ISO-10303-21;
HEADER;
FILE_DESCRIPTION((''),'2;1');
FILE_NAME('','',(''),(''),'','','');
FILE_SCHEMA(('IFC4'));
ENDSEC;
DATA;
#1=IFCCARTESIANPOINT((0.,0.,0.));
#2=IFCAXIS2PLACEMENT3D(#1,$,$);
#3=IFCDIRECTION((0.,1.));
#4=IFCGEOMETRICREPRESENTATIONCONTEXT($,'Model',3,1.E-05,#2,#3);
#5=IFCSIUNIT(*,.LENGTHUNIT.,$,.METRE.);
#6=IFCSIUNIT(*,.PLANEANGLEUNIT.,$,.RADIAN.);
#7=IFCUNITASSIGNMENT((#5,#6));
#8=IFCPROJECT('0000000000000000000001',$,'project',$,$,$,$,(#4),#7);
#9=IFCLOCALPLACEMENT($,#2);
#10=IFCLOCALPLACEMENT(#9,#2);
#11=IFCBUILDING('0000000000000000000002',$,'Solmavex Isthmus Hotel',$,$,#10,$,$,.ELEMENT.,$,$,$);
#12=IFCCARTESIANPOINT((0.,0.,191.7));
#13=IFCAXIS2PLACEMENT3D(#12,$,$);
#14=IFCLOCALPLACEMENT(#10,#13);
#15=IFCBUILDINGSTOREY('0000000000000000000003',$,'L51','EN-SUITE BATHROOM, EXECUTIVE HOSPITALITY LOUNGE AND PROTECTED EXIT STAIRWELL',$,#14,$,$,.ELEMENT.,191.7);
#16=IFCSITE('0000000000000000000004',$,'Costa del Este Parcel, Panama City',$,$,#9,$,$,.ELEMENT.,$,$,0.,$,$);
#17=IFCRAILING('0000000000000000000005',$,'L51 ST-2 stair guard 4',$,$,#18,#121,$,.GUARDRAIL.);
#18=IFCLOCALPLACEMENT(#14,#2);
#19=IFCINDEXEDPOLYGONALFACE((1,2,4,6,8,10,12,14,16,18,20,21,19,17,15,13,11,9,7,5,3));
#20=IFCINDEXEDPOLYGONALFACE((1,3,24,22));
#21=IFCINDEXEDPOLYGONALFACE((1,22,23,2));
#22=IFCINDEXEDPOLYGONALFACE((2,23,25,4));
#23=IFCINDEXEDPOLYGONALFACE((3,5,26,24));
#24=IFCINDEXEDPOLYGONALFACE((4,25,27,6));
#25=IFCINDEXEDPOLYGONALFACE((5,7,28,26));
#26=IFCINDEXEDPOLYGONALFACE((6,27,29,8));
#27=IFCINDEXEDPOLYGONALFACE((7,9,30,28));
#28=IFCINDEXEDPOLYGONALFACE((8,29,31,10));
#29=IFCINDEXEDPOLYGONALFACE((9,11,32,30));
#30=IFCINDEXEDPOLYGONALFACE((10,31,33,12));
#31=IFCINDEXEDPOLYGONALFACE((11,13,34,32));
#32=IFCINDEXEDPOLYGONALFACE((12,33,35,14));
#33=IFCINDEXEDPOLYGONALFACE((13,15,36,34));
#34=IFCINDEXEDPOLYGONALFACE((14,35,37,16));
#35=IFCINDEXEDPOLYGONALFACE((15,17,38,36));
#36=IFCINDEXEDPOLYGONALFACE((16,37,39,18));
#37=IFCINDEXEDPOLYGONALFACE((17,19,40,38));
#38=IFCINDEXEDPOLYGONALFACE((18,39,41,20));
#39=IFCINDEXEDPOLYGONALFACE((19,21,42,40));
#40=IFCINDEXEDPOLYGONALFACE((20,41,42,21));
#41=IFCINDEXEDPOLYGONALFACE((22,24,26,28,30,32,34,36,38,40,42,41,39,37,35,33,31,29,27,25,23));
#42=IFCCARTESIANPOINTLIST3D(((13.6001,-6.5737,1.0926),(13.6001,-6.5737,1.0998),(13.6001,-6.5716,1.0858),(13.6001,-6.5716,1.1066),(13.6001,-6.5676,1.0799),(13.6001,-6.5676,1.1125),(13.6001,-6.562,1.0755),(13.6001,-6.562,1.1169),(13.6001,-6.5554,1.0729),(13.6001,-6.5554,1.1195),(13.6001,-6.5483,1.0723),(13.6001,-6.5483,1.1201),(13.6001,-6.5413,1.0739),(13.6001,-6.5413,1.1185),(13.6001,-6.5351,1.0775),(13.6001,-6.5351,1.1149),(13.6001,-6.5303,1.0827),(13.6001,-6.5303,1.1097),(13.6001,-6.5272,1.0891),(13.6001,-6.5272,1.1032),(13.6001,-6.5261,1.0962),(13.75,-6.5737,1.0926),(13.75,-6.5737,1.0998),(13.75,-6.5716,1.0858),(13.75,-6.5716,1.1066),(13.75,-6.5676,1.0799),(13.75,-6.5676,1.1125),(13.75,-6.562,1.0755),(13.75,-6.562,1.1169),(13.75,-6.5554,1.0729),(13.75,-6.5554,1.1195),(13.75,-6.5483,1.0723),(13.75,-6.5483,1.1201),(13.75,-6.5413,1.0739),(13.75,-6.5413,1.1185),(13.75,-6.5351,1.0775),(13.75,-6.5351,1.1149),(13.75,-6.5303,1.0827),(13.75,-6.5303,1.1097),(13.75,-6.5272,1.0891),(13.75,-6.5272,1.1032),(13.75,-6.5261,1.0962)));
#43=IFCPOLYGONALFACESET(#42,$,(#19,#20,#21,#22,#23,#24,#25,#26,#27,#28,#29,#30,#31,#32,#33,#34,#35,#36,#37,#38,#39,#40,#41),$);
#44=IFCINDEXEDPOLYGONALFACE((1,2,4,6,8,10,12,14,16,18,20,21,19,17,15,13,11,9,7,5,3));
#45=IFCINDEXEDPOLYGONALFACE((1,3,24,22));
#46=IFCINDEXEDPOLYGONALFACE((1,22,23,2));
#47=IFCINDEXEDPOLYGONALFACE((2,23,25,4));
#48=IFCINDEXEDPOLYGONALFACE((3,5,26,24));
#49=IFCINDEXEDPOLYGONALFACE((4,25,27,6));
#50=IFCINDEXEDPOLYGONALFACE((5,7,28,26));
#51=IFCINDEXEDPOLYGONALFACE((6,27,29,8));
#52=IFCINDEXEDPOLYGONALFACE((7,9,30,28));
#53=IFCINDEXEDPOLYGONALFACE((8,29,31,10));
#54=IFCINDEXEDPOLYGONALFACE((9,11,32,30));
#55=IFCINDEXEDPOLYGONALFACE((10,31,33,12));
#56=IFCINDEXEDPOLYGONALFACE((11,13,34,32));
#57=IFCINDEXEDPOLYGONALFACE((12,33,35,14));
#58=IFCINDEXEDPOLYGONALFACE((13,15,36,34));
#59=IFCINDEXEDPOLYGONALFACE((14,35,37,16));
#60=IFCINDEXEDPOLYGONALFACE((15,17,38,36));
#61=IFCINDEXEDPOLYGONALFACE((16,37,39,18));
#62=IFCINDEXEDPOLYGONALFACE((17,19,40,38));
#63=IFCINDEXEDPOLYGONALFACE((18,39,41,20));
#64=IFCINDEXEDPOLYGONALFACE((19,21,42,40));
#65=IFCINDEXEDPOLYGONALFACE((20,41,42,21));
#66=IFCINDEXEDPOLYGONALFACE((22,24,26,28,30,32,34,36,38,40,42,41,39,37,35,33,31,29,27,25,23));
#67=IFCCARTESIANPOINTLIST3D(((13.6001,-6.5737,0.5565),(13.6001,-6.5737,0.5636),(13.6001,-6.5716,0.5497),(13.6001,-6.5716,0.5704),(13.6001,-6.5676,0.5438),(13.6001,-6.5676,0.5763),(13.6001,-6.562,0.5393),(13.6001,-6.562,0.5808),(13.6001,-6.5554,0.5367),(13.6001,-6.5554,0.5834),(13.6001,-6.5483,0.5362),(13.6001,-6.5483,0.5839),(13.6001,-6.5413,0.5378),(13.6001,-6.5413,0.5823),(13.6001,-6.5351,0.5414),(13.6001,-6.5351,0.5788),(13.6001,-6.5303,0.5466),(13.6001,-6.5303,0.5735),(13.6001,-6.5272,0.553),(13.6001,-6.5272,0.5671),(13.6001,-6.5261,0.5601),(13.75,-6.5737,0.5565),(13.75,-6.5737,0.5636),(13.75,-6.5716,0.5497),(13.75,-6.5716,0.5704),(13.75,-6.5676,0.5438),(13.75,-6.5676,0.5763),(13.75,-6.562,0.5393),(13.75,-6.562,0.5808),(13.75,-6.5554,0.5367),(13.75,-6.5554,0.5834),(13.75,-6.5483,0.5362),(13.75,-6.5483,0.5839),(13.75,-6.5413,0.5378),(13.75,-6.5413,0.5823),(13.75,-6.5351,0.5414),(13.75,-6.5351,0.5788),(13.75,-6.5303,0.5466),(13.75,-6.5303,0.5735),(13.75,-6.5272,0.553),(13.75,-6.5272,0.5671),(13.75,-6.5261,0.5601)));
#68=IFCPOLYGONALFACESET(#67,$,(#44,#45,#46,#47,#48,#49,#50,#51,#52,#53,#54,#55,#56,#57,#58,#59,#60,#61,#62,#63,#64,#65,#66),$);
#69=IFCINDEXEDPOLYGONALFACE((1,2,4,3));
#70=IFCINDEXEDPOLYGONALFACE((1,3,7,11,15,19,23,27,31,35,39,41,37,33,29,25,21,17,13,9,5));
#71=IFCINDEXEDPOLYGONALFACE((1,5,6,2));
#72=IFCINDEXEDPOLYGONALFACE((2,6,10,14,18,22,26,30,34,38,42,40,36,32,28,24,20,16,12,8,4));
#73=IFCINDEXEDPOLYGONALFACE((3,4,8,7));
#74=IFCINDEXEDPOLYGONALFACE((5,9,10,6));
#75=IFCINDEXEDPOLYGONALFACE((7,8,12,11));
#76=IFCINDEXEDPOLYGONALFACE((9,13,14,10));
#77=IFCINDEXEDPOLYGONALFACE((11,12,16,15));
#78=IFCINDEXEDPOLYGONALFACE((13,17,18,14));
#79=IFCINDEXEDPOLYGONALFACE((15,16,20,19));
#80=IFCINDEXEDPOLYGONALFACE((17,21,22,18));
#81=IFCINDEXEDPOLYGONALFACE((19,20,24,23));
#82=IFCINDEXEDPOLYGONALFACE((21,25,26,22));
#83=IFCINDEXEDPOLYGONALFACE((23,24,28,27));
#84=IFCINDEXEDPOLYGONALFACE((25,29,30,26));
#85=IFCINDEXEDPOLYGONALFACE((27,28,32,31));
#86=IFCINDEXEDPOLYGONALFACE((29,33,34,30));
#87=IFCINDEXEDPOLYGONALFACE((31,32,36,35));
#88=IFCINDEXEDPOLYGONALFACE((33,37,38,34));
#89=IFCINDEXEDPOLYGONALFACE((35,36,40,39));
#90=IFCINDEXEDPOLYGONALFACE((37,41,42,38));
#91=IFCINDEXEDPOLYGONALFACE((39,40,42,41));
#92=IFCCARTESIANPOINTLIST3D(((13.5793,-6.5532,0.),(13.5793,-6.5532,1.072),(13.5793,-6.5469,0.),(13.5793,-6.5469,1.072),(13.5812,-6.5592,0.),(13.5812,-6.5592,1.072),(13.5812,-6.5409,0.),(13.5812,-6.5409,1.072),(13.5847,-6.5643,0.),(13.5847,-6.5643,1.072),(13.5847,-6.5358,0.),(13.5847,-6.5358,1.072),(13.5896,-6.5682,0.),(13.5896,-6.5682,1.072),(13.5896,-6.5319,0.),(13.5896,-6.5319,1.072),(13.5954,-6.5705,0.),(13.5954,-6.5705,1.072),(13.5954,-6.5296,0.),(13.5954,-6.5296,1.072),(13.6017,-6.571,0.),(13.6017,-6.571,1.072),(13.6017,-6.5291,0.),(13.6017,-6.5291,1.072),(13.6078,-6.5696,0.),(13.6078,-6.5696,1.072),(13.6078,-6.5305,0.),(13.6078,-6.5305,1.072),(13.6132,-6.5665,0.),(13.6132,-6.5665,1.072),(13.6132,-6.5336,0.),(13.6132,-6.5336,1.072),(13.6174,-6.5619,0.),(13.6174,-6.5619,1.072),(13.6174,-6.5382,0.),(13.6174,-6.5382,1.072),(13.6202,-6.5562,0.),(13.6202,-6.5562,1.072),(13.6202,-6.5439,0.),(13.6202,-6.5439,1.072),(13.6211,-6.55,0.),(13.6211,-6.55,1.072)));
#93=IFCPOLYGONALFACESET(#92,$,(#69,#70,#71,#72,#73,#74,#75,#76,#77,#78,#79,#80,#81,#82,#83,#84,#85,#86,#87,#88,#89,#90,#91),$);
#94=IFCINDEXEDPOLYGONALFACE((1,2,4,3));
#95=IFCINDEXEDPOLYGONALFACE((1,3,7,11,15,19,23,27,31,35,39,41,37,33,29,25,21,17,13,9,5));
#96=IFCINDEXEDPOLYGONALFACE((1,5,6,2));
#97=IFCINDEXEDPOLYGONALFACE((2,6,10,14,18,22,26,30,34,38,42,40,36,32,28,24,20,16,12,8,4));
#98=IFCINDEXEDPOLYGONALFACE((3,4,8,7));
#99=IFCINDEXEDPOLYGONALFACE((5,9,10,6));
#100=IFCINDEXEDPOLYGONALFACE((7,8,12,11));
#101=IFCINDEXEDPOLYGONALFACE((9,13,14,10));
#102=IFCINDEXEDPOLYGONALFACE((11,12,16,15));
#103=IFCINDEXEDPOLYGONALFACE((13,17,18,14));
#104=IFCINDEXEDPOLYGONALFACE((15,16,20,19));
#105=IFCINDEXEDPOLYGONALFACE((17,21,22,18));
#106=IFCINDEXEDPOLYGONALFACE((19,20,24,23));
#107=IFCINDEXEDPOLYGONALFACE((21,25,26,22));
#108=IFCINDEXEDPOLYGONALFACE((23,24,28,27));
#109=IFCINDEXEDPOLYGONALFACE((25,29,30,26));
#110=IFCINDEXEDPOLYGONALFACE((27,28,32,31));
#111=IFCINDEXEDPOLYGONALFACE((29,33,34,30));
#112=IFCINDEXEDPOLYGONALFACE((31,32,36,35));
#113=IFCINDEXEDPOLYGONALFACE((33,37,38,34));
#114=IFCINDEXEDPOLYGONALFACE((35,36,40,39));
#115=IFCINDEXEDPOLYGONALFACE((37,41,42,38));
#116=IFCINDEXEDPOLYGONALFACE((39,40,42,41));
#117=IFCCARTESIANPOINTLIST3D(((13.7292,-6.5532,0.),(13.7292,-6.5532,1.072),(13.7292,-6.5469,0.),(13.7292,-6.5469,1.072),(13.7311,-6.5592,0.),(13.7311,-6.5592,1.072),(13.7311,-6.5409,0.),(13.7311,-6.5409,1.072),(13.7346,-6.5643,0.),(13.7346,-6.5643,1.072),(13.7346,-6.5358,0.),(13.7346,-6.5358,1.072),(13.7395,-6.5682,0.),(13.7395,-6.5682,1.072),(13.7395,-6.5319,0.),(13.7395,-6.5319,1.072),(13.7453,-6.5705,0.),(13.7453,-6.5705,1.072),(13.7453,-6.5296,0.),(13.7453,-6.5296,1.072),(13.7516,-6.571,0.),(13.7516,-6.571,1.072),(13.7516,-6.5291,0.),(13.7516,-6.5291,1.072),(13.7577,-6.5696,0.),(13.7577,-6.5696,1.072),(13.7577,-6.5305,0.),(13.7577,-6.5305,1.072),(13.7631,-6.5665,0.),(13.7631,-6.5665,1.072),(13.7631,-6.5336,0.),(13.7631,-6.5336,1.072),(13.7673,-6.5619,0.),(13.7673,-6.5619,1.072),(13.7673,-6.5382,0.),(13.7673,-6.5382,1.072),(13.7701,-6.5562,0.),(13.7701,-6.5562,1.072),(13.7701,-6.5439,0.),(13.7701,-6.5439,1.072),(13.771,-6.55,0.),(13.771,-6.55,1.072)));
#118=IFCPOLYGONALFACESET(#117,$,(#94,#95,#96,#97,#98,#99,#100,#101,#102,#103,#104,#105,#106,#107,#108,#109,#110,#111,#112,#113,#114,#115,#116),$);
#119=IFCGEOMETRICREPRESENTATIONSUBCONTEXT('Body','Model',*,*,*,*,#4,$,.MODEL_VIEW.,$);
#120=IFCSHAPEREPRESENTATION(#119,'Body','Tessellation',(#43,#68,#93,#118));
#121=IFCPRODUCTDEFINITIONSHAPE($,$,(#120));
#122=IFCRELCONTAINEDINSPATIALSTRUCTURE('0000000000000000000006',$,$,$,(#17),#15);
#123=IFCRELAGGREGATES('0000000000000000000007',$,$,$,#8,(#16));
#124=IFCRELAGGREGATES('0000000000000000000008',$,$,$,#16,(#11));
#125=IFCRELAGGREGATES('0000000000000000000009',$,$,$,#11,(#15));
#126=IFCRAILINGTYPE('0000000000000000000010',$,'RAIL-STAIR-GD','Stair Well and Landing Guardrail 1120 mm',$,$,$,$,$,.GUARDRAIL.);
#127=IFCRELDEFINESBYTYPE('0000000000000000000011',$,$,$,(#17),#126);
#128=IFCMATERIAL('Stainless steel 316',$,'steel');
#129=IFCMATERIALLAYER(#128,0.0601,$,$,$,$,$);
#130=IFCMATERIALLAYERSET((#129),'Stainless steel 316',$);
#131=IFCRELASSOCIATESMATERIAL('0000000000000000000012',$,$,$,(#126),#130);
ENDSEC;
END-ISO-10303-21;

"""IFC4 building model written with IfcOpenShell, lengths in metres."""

from ifc_helpers import new_model, si_unit, direction, frame, origin, origin_2d, place, context, subcontext, project, spatial, circle, extrude, material, layer, layer_set, type_object, element, save


model = new_model("IFC4")

# Units and contexts
model_context = context("Model", 3, precision=1e-05, world=origin(), true_north=direction((0.0, 1.0)))
body_context = subcontext(model_context, "Body", "Model", "MODEL_VIEW")
ifc_project = project(units=[si_unit("LENGTHUNIT", "METRE"), si_unit("PLANEANGLEUNIT", "RADIAN")], contexts=[model_context])

# Site, building, storey
site_placement = place(None, origin())
site = spatial("IfcSite", under=ifc_project, at=site_placement, Name="Costa del Este Parcel, Panama City", CompositionType="ELEMENT", RefElevation=0.0)
building_placement = place(site_placement, origin())
building = spatial("IfcBuilding", under=site, at=building_placement, Name="Solmavex Isthmus Hotel", CompositionType="ELEMENT")
storey_placement = place(building_placement, frame((0.0, 0.0, 191.7)))
storey = spatial("IfcBuildingStorey", under=building, at=storey_placement, Name="L51", Description="EN-SUITE BATHROOM, EXECUTIVE HOSPITALITY LOUNGE AND PROTECTED EXIT STAIRWELL", CompositionType="ELEMENT", Elevation=191.7)

# Railing
ifc_material_1 = material(Name="Stainless steel 316", Category="steel")
ifc_layer_1 = layer(ifc_material_1, 0.0601)
ifc_layer_set_1 = layer_set([ifc_layer_1], Name="Stainless steel 316")
railing_type_1 = type_object("IfcRailingType", Name="RAIL-STAIR-GD", Description="Stair Well and Landing Guardrail 1120 mm", PredefinedType="GUARDRAIL", material=ifc_layer_set_1)
for number, where, name in (
    (1, (13.6001, -6.55, 0.0), "L51 ST-2 stair guard 4"),
):
    element("IfcRailing", number, at=place(storey_placement, frame(where)), inside=storey, type_object=railing_type_1, Name=name, PredefinedType="GUARDRAIL", context=body_context, shape_type="SweptSolid", body=[
        extrude(circle(Radius=0.0239, at=origin_2d()), frame((0.0, 0.0, 1.0962), z_axis=(1.0, 0.0, 0.0), x_axis=(0.0, 1.0, 0.0)), (0.0, 0.0, 1.0), 0.1499),
        extrude(circle(Radius=0.0239, at=origin_2d()), frame((0.0, 0.0, 0.5601), z_axis=(1.0, 0.0, 0.0), x_axis=(0.0, 1.0, 0.0)), (0.0, 0.0, 1.0), 0.1499),
        extrude(circle(Radius=0.021, at=origin_2d()), origin(), (0.0, 0.0, 1.0), 1.072),
        extrude(circle(Radius=0.021, at=origin_2d()), frame((0.1499, 0.0, 0.0)), (0.0, 0.0, 1.0), 1.072),
    ])

save(model, "model.ifc")
